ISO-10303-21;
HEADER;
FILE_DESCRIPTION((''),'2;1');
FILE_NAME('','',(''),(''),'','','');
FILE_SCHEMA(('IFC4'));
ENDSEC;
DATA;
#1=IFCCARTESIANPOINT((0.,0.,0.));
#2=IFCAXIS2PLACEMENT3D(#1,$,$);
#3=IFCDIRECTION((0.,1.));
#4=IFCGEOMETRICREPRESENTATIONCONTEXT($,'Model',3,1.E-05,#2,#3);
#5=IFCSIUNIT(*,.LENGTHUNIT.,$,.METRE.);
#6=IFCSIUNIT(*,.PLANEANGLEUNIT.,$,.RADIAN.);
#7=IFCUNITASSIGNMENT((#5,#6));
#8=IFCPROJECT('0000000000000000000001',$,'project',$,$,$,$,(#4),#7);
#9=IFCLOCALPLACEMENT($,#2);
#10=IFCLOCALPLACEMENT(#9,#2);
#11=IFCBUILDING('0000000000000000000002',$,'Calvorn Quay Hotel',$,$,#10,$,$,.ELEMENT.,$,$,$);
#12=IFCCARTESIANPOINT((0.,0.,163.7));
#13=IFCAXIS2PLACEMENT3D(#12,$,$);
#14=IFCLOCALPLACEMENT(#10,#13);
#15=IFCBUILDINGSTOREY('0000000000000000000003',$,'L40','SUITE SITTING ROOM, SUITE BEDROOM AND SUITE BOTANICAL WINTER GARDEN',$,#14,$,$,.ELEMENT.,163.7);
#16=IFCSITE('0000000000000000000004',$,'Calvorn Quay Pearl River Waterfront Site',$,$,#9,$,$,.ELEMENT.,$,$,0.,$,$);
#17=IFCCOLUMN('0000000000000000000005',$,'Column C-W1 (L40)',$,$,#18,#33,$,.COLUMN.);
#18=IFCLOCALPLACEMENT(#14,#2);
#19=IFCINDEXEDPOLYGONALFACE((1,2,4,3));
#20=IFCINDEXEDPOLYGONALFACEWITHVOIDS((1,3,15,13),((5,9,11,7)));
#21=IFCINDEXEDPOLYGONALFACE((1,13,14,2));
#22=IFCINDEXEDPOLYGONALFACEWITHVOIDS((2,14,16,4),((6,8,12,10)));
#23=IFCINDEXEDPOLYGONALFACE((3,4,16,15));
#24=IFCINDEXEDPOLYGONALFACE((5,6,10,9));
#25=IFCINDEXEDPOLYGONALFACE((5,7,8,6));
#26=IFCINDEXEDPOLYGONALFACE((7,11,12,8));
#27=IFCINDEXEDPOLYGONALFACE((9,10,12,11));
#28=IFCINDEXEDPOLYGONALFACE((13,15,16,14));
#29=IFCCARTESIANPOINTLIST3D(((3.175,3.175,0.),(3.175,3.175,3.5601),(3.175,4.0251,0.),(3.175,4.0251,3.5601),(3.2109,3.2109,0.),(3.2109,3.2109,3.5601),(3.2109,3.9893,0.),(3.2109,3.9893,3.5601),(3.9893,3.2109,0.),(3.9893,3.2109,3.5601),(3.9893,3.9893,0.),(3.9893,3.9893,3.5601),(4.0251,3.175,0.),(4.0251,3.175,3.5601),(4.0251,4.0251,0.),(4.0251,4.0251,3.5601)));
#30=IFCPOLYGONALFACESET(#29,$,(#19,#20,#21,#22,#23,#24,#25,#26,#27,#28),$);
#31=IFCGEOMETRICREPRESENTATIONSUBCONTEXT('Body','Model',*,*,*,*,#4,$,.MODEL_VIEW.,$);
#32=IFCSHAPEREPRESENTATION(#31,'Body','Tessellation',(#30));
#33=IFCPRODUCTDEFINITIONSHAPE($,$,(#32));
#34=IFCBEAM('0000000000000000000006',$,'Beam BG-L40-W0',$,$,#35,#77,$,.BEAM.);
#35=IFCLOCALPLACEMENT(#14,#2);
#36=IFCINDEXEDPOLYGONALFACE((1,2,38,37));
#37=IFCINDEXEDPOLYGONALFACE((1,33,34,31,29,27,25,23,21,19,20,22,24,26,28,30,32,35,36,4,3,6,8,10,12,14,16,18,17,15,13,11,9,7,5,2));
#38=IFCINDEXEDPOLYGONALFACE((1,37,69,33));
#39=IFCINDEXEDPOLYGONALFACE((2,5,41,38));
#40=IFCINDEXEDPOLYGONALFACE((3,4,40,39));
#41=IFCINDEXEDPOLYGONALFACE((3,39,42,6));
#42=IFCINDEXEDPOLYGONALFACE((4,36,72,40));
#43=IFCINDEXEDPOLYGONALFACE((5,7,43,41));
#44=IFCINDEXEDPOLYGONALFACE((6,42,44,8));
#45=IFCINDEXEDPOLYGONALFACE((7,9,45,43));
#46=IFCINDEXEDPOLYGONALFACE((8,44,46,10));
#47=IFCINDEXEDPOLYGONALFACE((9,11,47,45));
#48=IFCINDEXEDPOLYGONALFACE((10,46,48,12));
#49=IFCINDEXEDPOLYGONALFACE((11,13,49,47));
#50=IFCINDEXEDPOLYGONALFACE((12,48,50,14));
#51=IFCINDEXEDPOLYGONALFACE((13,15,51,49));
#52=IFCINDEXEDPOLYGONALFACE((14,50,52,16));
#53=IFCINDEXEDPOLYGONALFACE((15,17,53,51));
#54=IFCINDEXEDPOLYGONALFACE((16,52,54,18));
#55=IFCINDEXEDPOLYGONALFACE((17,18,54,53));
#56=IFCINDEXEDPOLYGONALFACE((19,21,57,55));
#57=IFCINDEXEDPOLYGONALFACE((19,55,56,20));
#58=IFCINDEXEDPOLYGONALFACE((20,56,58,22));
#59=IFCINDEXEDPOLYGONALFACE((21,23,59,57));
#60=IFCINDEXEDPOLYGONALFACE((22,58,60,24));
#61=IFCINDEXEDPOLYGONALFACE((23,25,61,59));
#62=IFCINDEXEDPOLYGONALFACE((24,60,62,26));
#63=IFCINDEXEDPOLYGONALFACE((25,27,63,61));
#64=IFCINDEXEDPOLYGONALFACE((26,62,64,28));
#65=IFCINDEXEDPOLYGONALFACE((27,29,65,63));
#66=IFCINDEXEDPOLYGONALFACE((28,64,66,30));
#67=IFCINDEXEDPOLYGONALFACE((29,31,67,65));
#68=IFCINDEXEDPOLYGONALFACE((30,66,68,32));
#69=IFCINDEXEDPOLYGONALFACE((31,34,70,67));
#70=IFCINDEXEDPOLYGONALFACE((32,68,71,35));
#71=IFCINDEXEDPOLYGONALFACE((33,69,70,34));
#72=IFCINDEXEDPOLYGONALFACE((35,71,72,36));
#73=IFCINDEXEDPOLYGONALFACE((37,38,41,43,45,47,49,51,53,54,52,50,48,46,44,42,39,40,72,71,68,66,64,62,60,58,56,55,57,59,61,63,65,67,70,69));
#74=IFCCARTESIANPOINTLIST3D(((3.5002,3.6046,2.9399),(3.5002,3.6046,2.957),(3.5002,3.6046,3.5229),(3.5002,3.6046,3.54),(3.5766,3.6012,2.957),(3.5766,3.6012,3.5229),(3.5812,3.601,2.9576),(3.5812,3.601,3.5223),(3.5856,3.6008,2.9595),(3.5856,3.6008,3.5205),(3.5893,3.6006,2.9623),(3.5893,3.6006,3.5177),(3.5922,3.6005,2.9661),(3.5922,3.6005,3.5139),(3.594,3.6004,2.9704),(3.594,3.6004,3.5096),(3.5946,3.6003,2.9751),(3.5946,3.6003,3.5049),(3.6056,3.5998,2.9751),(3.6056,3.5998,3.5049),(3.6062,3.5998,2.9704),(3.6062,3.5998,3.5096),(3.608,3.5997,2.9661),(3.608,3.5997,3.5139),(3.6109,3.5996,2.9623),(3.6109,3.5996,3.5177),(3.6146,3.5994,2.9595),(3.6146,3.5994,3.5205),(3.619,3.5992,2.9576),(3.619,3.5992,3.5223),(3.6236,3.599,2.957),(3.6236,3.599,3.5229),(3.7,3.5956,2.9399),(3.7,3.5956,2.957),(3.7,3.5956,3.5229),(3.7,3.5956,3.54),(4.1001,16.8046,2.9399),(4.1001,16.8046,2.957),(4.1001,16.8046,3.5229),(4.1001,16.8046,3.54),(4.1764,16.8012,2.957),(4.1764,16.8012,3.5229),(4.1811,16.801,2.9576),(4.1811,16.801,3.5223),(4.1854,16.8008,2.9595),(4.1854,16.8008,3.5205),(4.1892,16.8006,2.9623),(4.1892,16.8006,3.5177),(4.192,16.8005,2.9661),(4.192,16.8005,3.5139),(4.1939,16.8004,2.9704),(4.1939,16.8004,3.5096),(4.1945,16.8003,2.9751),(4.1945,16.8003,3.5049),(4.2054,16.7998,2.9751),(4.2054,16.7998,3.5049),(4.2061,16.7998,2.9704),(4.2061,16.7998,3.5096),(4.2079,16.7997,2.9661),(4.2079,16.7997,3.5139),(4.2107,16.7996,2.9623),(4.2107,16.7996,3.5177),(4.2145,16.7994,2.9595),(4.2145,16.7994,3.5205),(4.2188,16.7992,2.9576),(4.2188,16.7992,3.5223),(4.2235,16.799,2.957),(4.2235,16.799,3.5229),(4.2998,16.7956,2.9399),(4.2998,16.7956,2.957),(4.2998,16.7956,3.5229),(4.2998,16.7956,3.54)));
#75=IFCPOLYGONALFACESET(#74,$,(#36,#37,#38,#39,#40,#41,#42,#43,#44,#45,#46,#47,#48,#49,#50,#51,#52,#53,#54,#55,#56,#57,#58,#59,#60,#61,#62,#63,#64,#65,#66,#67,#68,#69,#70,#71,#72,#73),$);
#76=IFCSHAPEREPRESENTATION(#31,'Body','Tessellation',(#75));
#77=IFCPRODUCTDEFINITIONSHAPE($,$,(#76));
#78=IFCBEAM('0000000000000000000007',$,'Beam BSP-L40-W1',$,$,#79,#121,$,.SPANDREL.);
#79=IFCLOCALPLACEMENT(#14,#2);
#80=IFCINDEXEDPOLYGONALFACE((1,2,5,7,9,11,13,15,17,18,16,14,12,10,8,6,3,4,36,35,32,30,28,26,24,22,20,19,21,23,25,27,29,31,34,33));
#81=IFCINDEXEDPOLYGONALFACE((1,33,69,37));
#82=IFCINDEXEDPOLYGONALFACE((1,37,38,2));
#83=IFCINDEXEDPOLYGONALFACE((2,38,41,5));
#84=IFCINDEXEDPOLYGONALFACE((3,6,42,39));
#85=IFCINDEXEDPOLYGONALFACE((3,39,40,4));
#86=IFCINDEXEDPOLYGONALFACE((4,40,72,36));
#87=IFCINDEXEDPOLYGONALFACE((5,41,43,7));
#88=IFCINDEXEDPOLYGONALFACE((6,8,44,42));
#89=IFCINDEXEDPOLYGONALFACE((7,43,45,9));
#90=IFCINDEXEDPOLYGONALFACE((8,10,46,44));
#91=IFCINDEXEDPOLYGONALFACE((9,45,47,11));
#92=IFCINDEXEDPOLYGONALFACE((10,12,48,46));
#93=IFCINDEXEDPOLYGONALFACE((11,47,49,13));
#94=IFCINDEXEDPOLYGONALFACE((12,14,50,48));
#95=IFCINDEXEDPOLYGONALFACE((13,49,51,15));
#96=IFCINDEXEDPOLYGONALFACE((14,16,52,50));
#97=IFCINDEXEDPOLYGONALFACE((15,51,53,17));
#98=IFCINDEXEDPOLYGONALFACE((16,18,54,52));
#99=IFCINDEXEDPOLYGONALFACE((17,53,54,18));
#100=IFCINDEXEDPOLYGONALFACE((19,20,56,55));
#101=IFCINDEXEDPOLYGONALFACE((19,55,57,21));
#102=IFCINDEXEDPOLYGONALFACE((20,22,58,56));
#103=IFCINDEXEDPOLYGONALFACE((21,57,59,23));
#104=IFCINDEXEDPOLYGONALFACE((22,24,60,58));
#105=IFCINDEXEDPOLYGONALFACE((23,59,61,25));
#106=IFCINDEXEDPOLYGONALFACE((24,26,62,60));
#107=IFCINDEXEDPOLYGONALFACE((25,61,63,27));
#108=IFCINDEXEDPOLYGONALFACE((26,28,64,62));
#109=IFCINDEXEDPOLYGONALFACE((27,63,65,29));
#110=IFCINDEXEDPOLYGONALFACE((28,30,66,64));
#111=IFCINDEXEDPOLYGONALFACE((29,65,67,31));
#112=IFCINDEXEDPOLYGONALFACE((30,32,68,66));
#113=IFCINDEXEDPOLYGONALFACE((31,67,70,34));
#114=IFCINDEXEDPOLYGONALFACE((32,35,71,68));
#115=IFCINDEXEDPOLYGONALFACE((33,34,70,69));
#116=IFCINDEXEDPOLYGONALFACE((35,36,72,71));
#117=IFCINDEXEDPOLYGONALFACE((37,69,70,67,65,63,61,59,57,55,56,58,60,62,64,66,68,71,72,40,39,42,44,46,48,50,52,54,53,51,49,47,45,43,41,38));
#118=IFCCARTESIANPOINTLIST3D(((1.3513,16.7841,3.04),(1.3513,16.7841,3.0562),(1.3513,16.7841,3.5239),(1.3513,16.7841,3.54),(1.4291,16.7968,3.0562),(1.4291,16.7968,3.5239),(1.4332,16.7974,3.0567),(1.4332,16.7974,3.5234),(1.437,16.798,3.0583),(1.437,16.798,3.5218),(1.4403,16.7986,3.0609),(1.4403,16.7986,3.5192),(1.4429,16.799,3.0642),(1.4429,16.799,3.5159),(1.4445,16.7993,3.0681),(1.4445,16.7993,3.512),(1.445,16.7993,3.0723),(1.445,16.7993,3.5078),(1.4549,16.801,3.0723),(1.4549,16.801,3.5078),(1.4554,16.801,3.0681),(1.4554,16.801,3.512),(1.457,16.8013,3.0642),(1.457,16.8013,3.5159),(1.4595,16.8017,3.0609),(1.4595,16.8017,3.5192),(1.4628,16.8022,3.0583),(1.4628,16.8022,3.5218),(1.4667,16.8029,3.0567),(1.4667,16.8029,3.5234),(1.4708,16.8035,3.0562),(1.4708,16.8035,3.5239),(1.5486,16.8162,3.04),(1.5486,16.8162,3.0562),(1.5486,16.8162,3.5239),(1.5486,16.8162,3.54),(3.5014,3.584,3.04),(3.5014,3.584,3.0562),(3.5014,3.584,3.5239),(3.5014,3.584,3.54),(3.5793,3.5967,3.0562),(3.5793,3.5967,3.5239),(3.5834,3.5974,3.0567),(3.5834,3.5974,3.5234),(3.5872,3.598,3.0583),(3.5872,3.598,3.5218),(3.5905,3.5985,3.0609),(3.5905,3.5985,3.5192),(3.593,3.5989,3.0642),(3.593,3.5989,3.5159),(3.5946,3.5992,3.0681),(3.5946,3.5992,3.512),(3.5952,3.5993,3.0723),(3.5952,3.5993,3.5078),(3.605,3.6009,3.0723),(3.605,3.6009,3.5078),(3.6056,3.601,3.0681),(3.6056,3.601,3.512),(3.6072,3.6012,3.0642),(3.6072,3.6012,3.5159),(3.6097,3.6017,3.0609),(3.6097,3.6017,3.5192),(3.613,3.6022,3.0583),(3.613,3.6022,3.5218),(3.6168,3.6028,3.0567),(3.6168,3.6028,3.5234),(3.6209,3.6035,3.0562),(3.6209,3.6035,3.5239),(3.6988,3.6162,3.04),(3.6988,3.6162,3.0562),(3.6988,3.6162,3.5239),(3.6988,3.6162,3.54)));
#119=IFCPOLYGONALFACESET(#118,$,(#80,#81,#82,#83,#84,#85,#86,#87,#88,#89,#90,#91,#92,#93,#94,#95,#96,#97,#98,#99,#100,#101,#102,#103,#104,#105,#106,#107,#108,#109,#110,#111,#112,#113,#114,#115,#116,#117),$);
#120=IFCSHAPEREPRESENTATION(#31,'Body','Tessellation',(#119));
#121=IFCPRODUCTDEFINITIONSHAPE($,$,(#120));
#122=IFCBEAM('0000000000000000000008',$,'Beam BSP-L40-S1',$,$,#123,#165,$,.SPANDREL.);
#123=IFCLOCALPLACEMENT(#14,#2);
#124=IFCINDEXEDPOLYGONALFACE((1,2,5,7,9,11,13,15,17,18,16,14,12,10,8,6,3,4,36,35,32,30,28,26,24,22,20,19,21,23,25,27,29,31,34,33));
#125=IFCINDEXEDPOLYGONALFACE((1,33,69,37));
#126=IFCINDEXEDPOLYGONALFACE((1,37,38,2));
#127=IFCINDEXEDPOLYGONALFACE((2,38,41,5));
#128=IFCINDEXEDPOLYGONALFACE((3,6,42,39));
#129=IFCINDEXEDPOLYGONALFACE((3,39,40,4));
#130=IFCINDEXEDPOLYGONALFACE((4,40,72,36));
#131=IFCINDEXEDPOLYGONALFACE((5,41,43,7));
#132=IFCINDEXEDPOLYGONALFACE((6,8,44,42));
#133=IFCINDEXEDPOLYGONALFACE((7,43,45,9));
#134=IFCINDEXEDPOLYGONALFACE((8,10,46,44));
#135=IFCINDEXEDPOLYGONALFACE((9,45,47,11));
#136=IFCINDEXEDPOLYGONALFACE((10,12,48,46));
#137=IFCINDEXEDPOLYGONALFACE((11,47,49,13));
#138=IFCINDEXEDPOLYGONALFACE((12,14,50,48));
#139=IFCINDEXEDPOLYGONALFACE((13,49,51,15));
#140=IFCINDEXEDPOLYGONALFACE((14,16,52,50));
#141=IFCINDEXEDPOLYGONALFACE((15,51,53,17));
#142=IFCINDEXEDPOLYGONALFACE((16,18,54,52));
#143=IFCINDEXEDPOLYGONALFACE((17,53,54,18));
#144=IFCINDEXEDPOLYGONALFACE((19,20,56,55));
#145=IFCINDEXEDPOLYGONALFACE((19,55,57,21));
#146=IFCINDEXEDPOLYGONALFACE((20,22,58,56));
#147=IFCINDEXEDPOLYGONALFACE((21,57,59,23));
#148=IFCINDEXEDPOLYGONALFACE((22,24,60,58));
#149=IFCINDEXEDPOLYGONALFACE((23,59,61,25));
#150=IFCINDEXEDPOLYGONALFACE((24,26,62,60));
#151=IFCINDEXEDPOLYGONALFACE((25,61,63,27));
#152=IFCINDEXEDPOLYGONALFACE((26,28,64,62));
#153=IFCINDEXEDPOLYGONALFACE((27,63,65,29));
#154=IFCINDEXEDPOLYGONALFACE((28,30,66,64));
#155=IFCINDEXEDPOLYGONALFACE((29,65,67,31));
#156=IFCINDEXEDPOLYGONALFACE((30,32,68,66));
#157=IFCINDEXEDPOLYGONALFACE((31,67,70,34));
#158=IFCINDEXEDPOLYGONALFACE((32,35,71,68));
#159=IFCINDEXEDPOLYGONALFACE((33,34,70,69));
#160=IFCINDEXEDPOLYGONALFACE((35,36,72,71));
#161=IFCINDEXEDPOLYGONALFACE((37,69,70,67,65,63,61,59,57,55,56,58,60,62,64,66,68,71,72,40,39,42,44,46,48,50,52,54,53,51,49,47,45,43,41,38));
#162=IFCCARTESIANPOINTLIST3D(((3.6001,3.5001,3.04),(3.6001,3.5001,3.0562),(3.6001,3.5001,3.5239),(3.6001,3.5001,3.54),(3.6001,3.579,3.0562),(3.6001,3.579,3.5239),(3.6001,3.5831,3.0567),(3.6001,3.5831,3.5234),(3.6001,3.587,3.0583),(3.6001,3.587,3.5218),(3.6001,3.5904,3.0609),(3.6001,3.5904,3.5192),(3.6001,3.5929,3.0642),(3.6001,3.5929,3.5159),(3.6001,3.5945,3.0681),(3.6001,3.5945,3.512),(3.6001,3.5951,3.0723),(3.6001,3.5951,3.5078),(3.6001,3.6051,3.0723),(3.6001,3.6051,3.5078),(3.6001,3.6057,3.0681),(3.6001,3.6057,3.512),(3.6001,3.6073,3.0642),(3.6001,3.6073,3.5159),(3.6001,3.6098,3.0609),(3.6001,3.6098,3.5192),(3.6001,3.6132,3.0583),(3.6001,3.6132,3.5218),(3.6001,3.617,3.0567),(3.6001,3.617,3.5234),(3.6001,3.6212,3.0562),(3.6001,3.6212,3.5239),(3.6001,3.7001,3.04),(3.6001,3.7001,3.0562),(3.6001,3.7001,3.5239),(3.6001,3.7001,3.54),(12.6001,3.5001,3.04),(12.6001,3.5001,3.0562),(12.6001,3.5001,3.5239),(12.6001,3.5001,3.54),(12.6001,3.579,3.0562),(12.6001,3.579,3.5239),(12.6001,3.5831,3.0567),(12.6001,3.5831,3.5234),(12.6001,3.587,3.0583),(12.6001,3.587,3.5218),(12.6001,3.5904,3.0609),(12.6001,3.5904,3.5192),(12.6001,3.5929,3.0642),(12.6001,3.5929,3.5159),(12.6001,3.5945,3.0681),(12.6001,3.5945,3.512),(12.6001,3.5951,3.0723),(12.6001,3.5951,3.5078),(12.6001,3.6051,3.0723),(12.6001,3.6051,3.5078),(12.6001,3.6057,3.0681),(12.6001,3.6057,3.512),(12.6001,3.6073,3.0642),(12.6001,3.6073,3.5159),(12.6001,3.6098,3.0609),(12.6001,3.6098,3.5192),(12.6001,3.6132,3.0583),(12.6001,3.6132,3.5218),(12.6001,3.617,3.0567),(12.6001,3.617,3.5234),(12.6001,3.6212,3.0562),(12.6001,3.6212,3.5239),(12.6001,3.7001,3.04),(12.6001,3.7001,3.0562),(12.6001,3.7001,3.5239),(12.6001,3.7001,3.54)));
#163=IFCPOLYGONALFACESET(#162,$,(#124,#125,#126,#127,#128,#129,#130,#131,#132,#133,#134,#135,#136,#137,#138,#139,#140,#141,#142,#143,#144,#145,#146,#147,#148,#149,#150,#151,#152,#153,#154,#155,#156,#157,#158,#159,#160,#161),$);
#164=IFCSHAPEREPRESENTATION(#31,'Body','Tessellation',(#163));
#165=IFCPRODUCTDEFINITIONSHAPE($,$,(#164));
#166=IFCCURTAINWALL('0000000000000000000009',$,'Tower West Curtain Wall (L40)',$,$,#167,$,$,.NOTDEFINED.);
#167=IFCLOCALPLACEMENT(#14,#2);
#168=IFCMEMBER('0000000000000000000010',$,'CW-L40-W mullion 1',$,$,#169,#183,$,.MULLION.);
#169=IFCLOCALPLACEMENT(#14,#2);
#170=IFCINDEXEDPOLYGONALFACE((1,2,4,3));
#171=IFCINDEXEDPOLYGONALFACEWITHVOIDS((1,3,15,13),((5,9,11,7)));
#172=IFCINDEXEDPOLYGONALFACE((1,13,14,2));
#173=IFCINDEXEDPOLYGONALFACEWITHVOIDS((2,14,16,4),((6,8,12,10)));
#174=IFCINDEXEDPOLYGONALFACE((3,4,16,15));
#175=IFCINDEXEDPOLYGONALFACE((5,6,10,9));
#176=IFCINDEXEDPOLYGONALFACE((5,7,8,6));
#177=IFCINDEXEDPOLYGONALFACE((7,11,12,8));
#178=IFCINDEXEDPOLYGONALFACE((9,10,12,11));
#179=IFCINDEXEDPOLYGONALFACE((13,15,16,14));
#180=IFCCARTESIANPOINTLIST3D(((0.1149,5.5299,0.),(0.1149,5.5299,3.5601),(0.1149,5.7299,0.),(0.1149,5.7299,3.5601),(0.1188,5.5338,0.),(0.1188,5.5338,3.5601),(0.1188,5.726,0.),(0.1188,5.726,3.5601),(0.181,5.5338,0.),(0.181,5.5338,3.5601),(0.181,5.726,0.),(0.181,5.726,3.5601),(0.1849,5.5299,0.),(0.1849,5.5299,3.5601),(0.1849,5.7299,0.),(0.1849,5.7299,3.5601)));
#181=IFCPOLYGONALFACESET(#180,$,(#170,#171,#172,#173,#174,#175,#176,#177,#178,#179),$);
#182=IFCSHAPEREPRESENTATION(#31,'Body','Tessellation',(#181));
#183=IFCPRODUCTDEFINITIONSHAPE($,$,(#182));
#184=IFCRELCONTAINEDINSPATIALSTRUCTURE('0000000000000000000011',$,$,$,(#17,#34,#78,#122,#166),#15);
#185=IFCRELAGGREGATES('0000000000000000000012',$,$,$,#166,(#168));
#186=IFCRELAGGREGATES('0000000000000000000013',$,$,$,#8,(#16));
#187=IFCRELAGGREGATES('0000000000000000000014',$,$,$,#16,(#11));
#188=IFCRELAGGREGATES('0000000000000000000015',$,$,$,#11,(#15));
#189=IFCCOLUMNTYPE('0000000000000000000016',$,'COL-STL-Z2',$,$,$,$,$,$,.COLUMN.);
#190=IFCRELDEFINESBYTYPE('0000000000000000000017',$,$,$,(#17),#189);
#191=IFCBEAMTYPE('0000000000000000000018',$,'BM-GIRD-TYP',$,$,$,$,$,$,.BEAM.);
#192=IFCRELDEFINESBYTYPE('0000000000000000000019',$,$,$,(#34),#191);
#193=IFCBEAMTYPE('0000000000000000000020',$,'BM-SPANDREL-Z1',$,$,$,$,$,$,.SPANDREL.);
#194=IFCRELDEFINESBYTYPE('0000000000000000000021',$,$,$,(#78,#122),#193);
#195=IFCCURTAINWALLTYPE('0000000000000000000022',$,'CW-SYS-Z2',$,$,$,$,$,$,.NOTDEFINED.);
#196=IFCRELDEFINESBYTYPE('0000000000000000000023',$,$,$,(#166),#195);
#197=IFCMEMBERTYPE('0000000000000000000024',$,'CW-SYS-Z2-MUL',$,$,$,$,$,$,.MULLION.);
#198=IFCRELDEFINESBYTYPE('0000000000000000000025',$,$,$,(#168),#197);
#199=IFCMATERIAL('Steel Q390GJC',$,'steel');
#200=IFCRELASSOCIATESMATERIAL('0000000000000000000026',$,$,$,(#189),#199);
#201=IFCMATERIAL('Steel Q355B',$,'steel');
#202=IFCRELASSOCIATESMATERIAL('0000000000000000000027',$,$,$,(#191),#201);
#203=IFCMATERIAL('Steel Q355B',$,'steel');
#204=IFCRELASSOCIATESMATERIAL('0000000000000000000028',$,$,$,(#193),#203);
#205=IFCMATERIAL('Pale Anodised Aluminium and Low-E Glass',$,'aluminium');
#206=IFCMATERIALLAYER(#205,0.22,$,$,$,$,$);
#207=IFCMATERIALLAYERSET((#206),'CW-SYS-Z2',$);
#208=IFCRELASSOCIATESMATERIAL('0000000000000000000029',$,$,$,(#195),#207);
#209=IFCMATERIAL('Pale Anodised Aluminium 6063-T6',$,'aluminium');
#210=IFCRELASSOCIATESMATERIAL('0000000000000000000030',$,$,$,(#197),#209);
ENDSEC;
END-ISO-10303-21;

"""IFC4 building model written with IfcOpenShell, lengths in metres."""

from ifc_helpers import new_model, si_unit, direction, frame, origin, origin_2d, place, context, subcontext, project, spatial, hollow_rectangle, i_section, extrude, material, layer, layer_set, material_profile, profile_set, type_object, element, aggregate, save


model = new_model("IFC4")

# Units and contexts
model_context = context("Model", 3, precision=1e-05, world=origin(), true_north=direction((0.0, 1.0)))
body_context = subcontext(model_context, "Body", "Model", "MODEL_VIEW")
ifc_project = project(units=[si_unit("LENGTHUNIT", "METRE"), si_unit("PLANEANGLEUNIT", "RADIAN")], contexts=[model_context])

# Site, building, storey
site_placement = place(None, origin())
site = spatial("IfcSite", under=ifc_project, at=site_placement, Name="Calvorn Quay Pearl River Waterfront Site", CompositionType="ELEMENT", RefElevation=0.0)
building_placement = place(site_placement, origin())
building = spatial("IfcBuilding", under=site, at=building_placement, Name="Calvorn Quay Hotel", CompositionType="ELEMENT")
storey_placement = place(building_placement, frame((0.0, 0.0, 163.7)))
storey = spatial("IfcBuildingStorey", under=building, at=storey_placement, Name="L40", Description="SUITE SITTING ROOM, SUITE BEDROOM AND SUITE BOTANICAL WINTER GARDEN", CompositionType="ELEMENT", Elevation=163.7)

# Column
ifc_material_1 = material(Name="Steel Q390GJC", Category="steel")
ifc_material_profile_1 = material_profile(ifc_material_1, hollow_rectangle(XDim=0.8501, YDim=0.8501, WallThickness=0.0359, at=origin_2d()), Name="BOX850x850x36")
ifc_profile_set_1 = profile_set([ifc_material_profile_1], Name="Steel Q390GJC")
column_type = type_object("IfcColumnType", Name="COL-STL-Z2", PredefinedType="COLUMN", material=ifc_profile_set_1)
column_placement = place(storey_placement, frame((3.6001, 3.6001, 0.0), z_axis=(0.0, 0.0, 1.0), x_axis=(1.0, 0.0, 0.0)))
element("IfcColumn", 1, at=column_placement, inside=storey, type_object=column_type, Name="Column C-W1 (L40)", PredefinedType="COLUMN", context=body_context, shape_type="SweptSolid", body=[
    extrude(hollow_rectangle(XDim=0.8501, YDim=0.8501, WallThickness=0.0359, at=origin_2d()), origin(), (0.0, 0.0, 1.0), 3.5601),
])

# Beams
ifc_material_2 = material(Name="Steel Q355B", Category="steel")
ifc_material_profile_2 = material_profile(ifc_material_2, i_section(OverallWidth=0.2, OverallDepth=0.6001, WebThickness=0.011, FlangeThickness=0.0171, FilletRadius=0.0181, at=origin_2d()), Name="HN600x200x11x17")
ifc_profile_set_2 = profile_set([ifc_material_profile_2], Name="Steel Q355B")
beam_type_1 = type_object("IfcBeamType", Name="BM-GIRD-TYP", PredefinedType="BEAM", material=ifc_profile_set_2)
beam_1_placement = place(storey_placement, frame((3.6001, 3.6001, 3.24), z_axis=(0.045397, 0.998969, 0.0), x_axis=(-0.998969, 0.045397, 0.0)))
element("IfcBeam", 2, at=beam_1_placement, inside=storey, type_object=beam_type_1, Name="Beam BG-L40-W0", PredefinedType="BEAM", context=body_context, shape_type="SweptSolid", body=[
    extrude(i_section(OverallWidth=0.2, OverallDepth=0.6001, WebThickness=0.011, FlangeThickness=0.0171, FilletRadius=0.0181, at=origin_2d()), origin(), (0.0, 0.0, 1.0), 13.2136),
])
ifc_material_3 = material(Name="Steel Q355B", Category="steel")
ifc_material_profile_3 = material_profile(ifc_material_3, i_section(OverallWidth=0.2, OverallDepth=0.5, WebThickness=0.01, FlangeThickness=0.0161, FilletRadius=0.0161, at=origin_2d()), Name="HN500x200x10x16")
ifc_profile_set_3 = profile_set([ifc_material_profile_3], Name="Steel Q355B")
beam_type_2 = type_object("IfcBeamType", Name="BM-SPANDREL-Z1", PredefinedType="SPANDREL", material=ifc_profile_set_3)
beam_2_placement = place(storey_placement, frame((3.6001, 3.6001, 3.29), z_axis=(-0.160772, 0.986992, 0.0), x_axis=(-0.986992, -0.160772, 0.0)))
element("IfcBeam", 3, at=beam_2_placement, inside=storey, type_object=beam_type_2, Name="Beam BSP-L40-W1", PredefinedType="SPANDREL", context=body_context, shape_type="SweptSolid", body=[
    extrude(i_section(OverallWidth=0.2, OverallDepth=0.5, WebThickness=0.01, FlangeThickness=0.0161, FilletRadius=0.0161, at=origin_2d()), origin(), (0.0, 0.0, 1.0), 13.374),
])
beam_3_placement = place(storey_placement, frame((3.6001, 3.6001, 3.29), z_axis=(1.0, 0.0, 0.0), x_axis=(0.0, 1.0, 0.0)))
element("IfcBeam", 4, at=beam_3_placement, inside=storey, type_object=beam_type_2, Name="Beam BSP-L40-S1", PredefinedType="SPANDREL", context=body_context, shape_type="SweptSolid", body=[
    extrude(i_section(OverallWidth=0.2, OverallDepth=0.5, WebThickness=0.01, FlangeThickness=0.0161, FilletRadius=0.0161, at=origin_2d()), origin(), (0.0, 0.0, 1.0), 9.0),
])

# Curtain wall, member
ifc_material_4 = material(Name="Pale Anodised Aluminium and Low-E Glass", Category="aluminium")
ifc_layer_1 = layer(ifc_material_4, 0.22)
ifc_layer_set_1 = layer_set([ifc_layer_1], Name="CW-SYS-Z2")
curtain_wall_type = type_object("IfcCurtainWallType", Name="CW-SYS-Z2", PredefinedType="NOTDEFINED", material=ifc_layer_set_1)
curtain_wall_placement = place(storey_placement, origin())
curtain_wall = element("IfcCurtainWall", 5, at=curtain_wall_placement, inside=storey, type_object=curtain_wall_type, Name="Tower West Curtain Wall (L40)", PredefinedType="NOTDEFINED")
ifc_material_5 = material(Name="Pale Anodised Aluminium 6063-T6", Category="aluminium")
ifc_material_profile_4 = material_profile(ifc_material_5, hollow_rectangle(XDim=0.0701, YDim=0.2, WallThickness=0.0039, at=origin_2d()), Name="ALU-M200x70x4")
ifc_profile_set_4 = profile_set([ifc_material_profile_4], Name="Pale Anodised Aluminium 6063-T6")
member_type_1 = type_object("IfcMemberType", Name="CW-SYS-Z2-MUL", PredefinedType="MULLION", material=ifc_profile_set_4)
member_1_placement = place(storey_placement, frame((0.1499, 5.6299, 0.0), z_axis=(0.0, 0.0, 1.0), x_axis=(-1.0, 0.0, 0.0)))
member_1 = element("IfcMember", 6, at=member_1_placement, type_object=member_type_1, Name="CW-L40-W mullion 1", PredefinedType="MULLION", context=body_context, shape_type="SweptSolid", body=[
    extrude(hollow_rectangle(XDim=0.0701, YDim=0.2, WallThickness=0.0039, at=origin_2d()), origin(), (0.0, 0.0, 1.0), 3.5601),
])
aggregate(curtain_wall, [member_1])

save(model, "model.ifc")
